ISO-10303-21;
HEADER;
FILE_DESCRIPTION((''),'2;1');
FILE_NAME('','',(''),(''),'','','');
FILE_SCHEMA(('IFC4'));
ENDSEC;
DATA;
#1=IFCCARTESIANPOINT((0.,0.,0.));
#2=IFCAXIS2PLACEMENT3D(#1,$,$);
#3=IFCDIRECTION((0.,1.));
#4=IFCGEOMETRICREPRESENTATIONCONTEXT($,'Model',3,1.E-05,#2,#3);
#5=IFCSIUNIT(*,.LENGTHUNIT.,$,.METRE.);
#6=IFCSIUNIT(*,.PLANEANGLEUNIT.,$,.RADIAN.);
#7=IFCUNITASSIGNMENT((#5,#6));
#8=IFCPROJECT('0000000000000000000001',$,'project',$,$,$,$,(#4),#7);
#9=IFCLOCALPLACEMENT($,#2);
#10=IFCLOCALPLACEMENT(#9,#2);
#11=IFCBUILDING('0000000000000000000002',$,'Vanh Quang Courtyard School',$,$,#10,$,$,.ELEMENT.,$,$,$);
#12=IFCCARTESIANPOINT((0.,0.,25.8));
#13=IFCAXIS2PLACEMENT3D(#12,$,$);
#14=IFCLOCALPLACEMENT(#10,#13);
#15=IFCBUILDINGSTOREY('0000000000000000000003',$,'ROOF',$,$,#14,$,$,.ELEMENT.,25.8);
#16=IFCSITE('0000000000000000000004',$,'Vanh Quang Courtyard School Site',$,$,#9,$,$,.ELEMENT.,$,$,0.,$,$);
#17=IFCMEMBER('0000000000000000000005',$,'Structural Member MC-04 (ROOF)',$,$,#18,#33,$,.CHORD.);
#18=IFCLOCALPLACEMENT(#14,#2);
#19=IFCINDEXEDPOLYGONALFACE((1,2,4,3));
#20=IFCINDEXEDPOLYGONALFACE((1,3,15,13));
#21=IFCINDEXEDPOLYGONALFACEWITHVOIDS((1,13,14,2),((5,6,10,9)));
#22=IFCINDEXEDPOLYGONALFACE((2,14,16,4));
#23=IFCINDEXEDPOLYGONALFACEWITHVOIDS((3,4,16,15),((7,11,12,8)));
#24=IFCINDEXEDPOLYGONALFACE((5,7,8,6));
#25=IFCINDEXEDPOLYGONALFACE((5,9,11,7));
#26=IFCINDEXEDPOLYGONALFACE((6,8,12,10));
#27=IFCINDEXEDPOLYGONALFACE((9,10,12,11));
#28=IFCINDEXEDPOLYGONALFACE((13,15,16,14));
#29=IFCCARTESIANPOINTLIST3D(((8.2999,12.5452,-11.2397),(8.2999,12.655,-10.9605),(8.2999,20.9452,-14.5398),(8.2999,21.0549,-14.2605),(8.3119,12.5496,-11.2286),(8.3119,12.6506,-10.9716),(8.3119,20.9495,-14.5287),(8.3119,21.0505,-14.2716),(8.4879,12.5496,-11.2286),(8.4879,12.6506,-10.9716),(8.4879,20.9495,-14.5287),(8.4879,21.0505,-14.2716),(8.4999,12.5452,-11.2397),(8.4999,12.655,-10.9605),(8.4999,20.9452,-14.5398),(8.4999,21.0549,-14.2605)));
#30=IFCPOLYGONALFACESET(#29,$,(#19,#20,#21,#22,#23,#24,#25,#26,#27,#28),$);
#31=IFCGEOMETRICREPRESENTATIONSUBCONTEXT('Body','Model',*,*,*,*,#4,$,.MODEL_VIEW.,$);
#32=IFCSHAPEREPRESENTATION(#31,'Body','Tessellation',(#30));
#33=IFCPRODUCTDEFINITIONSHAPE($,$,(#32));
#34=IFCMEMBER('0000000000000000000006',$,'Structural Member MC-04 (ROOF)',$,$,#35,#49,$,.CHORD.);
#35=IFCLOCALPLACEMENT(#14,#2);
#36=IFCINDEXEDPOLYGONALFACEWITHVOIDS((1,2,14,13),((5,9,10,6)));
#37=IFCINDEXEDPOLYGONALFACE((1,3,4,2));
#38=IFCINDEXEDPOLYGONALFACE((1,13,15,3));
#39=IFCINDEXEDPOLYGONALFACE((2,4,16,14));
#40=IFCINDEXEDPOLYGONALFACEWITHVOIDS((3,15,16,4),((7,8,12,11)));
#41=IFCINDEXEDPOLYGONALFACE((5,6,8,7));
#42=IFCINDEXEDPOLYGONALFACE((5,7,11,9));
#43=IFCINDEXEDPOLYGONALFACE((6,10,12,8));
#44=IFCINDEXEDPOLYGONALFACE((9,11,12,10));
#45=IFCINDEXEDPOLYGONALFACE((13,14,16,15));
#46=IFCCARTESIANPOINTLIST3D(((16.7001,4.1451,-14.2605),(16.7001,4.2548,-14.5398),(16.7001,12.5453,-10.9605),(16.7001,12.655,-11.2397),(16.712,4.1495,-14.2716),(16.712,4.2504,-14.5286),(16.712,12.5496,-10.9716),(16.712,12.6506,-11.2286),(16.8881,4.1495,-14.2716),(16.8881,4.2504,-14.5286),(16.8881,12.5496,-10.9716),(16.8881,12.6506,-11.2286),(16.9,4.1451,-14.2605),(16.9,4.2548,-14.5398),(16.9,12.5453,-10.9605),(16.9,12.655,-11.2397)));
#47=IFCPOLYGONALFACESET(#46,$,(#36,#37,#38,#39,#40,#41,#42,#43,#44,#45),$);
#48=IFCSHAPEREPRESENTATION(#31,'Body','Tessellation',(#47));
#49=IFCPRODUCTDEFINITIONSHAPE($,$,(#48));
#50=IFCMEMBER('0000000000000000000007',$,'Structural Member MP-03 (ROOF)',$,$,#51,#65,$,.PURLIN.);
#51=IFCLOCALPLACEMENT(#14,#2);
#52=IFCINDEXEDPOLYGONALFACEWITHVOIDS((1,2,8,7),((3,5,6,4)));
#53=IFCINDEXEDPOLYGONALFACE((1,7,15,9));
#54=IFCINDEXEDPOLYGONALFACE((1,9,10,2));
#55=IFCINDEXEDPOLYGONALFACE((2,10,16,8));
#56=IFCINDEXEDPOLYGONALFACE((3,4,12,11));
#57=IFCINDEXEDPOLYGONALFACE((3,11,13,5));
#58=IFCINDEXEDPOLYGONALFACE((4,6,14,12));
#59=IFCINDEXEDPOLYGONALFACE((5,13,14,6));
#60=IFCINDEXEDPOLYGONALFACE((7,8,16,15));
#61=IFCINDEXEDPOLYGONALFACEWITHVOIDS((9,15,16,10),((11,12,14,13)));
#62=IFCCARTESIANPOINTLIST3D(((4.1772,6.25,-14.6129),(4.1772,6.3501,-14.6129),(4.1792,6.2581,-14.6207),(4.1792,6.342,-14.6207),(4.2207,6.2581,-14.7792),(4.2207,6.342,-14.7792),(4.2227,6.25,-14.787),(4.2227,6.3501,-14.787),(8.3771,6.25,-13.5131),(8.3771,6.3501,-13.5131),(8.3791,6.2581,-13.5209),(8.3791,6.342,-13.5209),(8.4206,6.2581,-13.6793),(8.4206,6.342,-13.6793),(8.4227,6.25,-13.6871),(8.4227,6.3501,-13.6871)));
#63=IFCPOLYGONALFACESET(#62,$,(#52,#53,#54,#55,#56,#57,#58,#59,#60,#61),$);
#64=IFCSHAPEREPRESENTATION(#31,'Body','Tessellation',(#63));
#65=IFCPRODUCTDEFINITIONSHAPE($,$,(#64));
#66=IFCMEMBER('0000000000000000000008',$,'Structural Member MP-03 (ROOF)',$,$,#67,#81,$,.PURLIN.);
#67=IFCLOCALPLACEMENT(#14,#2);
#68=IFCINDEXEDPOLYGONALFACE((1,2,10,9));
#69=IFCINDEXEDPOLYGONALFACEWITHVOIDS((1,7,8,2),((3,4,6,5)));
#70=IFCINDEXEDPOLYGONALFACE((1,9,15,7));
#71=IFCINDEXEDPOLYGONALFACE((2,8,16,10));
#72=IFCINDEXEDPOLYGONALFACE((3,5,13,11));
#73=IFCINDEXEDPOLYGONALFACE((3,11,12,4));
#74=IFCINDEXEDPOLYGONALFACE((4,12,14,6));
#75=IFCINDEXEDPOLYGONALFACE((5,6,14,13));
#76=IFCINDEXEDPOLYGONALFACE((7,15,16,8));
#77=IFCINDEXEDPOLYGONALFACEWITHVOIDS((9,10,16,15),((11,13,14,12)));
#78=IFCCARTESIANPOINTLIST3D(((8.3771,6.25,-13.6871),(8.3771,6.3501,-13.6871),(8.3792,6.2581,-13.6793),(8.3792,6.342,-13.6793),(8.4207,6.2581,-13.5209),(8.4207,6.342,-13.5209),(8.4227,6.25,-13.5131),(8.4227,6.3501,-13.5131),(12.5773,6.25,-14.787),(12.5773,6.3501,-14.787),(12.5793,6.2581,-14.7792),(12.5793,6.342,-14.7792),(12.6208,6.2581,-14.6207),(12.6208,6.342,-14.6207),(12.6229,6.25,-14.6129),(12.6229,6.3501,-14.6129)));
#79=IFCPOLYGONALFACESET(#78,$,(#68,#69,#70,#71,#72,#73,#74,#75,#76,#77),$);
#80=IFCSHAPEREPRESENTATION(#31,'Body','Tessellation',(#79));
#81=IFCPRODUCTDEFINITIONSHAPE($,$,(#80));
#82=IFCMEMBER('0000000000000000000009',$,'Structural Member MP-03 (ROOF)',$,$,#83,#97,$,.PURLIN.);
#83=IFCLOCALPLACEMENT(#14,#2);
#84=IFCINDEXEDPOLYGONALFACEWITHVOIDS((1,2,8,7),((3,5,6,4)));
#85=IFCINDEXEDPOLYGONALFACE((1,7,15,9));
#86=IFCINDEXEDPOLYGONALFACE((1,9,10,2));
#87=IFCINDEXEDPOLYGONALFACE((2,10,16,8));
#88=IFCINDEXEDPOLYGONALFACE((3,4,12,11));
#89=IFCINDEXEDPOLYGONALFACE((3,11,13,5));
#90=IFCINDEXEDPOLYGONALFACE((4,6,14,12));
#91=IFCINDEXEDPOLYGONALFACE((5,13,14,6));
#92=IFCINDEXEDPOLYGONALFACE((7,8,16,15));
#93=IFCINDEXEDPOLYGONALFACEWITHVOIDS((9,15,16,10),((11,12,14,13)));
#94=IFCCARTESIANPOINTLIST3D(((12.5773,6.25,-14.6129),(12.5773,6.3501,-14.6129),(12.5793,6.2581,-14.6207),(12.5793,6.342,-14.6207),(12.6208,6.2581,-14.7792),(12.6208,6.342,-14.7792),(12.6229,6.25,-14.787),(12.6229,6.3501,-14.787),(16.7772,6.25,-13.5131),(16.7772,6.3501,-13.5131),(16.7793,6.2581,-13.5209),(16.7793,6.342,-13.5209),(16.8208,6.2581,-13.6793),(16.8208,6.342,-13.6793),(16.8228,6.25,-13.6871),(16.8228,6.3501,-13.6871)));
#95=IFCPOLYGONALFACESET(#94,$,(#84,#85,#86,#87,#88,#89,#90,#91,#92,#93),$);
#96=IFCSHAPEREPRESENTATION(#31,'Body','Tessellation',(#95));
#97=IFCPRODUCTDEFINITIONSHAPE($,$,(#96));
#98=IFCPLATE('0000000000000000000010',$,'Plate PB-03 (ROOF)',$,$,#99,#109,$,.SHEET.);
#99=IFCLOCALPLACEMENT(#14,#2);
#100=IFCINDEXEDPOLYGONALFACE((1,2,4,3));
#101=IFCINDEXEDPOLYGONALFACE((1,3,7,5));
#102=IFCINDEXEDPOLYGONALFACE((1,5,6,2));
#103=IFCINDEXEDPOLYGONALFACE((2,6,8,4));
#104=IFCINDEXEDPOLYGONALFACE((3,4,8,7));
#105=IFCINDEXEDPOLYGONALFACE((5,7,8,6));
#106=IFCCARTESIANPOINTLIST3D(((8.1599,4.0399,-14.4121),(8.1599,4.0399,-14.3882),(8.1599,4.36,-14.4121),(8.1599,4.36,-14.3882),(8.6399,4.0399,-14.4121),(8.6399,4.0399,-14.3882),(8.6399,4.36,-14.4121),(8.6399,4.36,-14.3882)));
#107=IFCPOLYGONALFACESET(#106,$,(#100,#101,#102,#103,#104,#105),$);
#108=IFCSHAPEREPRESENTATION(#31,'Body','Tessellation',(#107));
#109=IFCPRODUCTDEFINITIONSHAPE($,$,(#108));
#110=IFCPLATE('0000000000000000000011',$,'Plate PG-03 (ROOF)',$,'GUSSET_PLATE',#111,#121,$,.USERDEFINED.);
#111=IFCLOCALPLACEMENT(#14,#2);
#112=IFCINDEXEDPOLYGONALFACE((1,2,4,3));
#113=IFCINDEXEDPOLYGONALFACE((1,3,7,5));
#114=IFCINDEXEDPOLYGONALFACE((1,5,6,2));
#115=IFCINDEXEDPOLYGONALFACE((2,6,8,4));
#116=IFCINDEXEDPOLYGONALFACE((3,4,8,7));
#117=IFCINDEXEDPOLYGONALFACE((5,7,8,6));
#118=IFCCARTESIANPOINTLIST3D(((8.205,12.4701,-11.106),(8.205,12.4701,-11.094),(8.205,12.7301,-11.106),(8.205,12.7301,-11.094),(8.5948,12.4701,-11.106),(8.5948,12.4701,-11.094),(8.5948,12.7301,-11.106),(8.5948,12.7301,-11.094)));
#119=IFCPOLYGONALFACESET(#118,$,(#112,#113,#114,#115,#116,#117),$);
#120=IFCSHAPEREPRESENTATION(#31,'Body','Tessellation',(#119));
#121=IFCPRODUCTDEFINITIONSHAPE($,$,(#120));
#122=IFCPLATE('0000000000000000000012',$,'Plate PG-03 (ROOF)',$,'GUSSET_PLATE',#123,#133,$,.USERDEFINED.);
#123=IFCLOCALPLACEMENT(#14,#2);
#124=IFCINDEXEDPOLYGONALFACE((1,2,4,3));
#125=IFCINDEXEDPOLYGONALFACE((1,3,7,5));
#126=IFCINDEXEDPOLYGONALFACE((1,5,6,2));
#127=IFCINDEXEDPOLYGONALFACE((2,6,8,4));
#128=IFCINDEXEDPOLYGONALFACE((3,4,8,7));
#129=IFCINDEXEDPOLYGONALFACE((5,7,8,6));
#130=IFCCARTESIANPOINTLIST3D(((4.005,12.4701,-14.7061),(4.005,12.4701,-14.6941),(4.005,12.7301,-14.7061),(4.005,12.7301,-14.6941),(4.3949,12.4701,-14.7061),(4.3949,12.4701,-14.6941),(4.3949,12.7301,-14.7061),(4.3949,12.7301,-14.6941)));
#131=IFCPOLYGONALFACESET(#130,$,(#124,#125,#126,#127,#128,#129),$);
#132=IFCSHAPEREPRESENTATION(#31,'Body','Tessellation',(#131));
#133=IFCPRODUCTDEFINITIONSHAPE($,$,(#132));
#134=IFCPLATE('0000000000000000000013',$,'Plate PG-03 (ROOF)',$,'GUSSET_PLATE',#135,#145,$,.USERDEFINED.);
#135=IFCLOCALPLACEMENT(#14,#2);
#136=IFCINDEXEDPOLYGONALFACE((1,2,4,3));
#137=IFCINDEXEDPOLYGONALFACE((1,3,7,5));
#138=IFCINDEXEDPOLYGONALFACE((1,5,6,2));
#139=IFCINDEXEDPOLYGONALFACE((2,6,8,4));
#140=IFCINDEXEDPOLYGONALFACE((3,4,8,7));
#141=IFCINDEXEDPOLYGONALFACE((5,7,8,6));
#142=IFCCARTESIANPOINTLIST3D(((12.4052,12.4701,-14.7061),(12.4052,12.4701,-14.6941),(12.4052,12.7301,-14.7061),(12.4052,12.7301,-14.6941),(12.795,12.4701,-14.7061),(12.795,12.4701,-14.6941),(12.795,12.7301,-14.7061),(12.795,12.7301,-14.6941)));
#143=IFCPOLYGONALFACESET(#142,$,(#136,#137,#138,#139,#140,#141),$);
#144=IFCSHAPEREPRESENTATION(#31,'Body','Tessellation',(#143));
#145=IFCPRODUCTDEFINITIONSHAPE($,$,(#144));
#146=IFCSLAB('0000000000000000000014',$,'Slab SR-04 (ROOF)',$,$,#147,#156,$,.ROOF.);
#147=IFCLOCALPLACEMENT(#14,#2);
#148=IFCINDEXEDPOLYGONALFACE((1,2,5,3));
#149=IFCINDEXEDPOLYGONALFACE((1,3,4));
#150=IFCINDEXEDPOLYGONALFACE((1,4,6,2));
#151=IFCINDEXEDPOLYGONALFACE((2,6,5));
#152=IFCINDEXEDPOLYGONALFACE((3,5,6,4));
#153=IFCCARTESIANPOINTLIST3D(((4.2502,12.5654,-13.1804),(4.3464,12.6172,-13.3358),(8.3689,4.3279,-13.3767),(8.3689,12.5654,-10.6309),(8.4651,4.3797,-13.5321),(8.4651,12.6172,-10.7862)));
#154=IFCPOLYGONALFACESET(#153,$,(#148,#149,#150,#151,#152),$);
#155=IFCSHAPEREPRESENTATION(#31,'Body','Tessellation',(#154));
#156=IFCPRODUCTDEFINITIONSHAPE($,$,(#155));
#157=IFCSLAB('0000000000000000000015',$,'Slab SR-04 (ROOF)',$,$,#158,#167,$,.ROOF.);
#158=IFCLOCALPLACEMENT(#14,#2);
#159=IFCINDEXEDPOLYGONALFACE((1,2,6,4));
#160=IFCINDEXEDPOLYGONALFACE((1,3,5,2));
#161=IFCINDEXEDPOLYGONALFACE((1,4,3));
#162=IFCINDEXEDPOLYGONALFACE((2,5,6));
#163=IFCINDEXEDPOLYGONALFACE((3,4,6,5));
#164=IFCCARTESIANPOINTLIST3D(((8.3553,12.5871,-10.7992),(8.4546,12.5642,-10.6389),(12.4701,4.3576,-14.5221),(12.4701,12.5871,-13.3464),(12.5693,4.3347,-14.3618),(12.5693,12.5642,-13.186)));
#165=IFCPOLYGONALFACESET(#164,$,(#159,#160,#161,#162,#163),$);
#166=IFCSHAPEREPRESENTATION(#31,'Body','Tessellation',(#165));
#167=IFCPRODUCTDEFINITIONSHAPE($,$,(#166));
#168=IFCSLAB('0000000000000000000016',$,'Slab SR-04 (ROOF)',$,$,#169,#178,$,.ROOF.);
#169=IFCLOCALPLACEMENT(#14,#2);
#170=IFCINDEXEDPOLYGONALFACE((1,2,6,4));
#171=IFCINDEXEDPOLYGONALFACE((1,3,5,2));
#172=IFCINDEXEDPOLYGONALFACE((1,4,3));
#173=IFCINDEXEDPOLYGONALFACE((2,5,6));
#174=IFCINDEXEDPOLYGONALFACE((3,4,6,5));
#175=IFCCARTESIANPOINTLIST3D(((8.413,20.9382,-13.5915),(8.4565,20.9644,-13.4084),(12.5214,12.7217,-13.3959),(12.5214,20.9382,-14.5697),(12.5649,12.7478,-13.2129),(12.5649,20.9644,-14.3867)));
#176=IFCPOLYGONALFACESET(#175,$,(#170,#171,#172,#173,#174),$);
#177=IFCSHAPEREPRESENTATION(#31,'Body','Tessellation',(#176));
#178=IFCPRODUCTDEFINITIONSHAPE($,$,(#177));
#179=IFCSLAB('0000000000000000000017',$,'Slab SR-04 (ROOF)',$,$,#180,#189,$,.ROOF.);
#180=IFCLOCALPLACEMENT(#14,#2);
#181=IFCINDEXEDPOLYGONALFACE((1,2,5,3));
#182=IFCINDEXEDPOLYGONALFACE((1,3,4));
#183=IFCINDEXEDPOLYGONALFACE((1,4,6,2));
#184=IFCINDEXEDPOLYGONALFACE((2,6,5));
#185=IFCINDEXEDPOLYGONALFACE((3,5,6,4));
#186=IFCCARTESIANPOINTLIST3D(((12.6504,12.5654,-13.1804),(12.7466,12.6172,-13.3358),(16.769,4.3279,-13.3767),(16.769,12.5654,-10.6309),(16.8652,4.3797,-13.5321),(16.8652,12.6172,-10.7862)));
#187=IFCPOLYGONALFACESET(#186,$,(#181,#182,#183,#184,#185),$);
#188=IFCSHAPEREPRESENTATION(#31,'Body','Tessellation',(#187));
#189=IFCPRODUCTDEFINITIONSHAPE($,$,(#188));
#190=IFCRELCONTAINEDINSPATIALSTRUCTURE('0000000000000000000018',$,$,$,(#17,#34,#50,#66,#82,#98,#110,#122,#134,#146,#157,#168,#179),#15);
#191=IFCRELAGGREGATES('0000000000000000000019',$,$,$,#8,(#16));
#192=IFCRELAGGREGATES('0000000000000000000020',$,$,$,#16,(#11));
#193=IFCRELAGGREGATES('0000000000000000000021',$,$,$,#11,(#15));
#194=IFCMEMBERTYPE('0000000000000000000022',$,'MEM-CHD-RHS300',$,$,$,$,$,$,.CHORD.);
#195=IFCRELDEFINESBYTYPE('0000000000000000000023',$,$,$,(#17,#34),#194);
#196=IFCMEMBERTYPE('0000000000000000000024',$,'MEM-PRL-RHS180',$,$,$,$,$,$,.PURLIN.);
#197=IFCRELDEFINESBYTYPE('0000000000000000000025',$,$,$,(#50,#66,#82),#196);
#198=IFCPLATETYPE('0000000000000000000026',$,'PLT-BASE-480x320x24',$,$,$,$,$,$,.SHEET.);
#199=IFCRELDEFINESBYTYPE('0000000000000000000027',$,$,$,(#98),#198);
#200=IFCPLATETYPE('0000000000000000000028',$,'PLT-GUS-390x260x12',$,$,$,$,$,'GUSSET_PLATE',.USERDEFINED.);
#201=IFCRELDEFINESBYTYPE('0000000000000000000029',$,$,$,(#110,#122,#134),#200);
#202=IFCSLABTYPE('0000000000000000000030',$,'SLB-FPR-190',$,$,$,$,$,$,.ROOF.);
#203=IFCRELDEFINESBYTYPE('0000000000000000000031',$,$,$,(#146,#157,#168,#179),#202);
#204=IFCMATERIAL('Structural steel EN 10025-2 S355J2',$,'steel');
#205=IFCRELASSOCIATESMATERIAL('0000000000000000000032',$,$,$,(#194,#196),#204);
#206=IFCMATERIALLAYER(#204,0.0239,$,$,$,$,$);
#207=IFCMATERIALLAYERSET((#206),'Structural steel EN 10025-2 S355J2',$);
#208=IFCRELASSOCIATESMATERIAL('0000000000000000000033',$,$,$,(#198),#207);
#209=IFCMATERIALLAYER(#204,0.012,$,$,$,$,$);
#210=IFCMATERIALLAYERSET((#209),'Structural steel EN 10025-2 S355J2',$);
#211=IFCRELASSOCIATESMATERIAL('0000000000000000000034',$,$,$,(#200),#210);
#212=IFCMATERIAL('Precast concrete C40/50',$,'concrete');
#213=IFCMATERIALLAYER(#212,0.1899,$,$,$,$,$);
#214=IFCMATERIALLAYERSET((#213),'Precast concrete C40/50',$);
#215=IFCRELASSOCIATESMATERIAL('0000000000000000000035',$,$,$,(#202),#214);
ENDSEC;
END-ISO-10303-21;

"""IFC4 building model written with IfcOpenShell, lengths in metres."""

from ifc_helpers import new_model, si_unit, direction, frame, origin, origin_2d, place, context, subcontext, project, spatial, polyline, rectangle, hollow_rectangle, outline, extrude, material, layer, layer_set, material_profile, profile_set, type_object, element, save


model = new_model("IFC4")

# Units and contexts
model_context = context("Model", 3, precision=1e-05, world=origin(), true_north=direction((0.0, 1.0)))
body_context = subcontext(model_context, "Body", "Model", "MODEL_VIEW")
ifc_project = project(units=[si_unit("LENGTHUNIT", "METRE"), si_unit("PLANEANGLEUNIT", "RADIAN")], contexts=[model_context])

# Site, building, storey
site_placement = place(None, origin())
site = spatial("IfcSite", under=ifc_project, at=site_placement, Name="Vanh Quang Courtyard School Site", CompositionType="ELEMENT", RefElevation=0.0)
building_placement = place(site_placement, origin())
building = spatial("IfcBuilding", under=site, at=building_placement, Name="Vanh Quang Courtyard School", CompositionType="ELEMENT")
storey_placement = place(building_placement, frame((0.0, 0.0, 25.8)))
storey = spatial("IfcBuildingStorey", under=building, at=storey_placement, Name="ROOF", CompositionType="ELEMENT", Elevation=25.8)

# Members
ifc_material_1 = material(Name="Structural steel EN 10025-2 S355J2", Category="steel")
ifc_material_profile_1 = material_profile(ifc_material_1, hollow_rectangle(XDim=0.2, YDim=0.3, WallThickness=0.012, at=origin_2d()), Name="RHS 300x200x12")
ifc_profile_set_1 = profile_set([ifc_material_profile_1], Name="Structural steel EN 10025-2 S355J2")
member_type_1 = type_object("IfcMemberType", Name="MEM-CHD-RHS300", PredefinedType="CHORD", material=ifc_profile_set_1)
member_1_placement = place(storey_placement, frame((8.3999, 12.6001, -11.1001), z_axis=(0.0, 0.930748, -0.365661), x_axis=(-1.0, 0.0, 0.0)))
element("IfcMember", 1, at=member_1_placement, inside=storey, type_object=member_type_1, Name="Structural Member MC-04 (ROOF)", PredefinedType="CHORD", context=body_context, shape_type="SweptSolid", body=[
    extrude(hollow_rectangle(XDim=0.2, YDim=0.3, WallThickness=0.012, at=origin_2d()), origin(), (0.0, 0.0, 1.0), 9.0249),
])
member_2_placement = place(storey_placement, frame((16.8, 4.2, -14.4001), z_axis=(0.0, 0.930752, 0.365652), x_axis=(-1.0, 0.0, 0.0)))
element("IfcMember", 2, at=member_2_placement, inside=storey, type_object=member_type_1, Name="Structural Member MC-04 (ROOF)", PredefinedType="CHORD", context=body_context, shape_type="SweptSolid", body=[
    extrude(hollow_rectangle(XDim=0.2, YDim=0.3, WallThickness=0.012, at=origin_2d()), origin(), (0.0, 0.0, 1.0), 9.0251),
])
ifc_material_profile_2 = material_profile(ifc_material_1, hollow_rectangle(XDim=0.1001, YDim=0.1799, WallThickness=0.0081, at=origin_2d()), Name="RHS 180x100x8")
ifc_profile_set_2 = profile_set([ifc_material_profile_2], Name="Structural steel EN 10025-2 S355J2")
member_type_2 = type_object("IfcMemberType", Name="MEM-PRL-RHS180", PredefinedType="PURLIN", material=ifc_profile_set_2)
member_3_placement = place(storey_placement, frame((4.2, 6.3, -14.7), z_axis=(0.96738, 0.0, 0.253331), x_axis=(0.0, 1.0, 0.0)))
element("IfcMember", 3, at=member_3_placement, inside=storey, type_object=member_type_2, Name="Structural Member MP-03 (ROOF)", PredefinedType="PURLIN", context=body_context, shape_type="SweptSolid", body=[
    extrude(hollow_rectangle(XDim=0.1001, YDim=0.1799, WallThickness=0.0081, at=origin_2d()), origin(), (0.0, 0.0, 1.0), 4.3416),
])
member_4_placement = place(storey_placement, frame((8.3999, 6.3, -13.6001), z_axis=(0.967383, 0.0, -0.253317), x_axis=(0.0, 1.0, 0.0)))
element("IfcMember", 4, at=member_4_placement, inside=storey, type_object=member_type_2, Name="Structural Member MP-03 (ROOF)", PredefinedType="PURLIN", context=body_context, shape_type="SweptSolid", body=[
    extrude(hollow_rectangle(XDim=0.1001, YDim=0.1799, WallThickness=0.0081, at=origin_2d()), origin(), (0.0, 0.0, 1.0), 4.3418),
])
member_5_placement = place(storey_placement, frame((12.6001, 6.3, -14.7), z_axis=(0.96738, 0.0, 0.253331), x_axis=(0.0, 1.0, 0.0)))
element("IfcMember", 5, at=member_5_placement, inside=storey, type_object=member_type_2, Name="Structural Member MP-03 (ROOF)", PredefinedType="PURLIN", context=body_context, shape_type="SweptSolid", body=[
    extrude(hollow_rectangle(XDim=0.1001, YDim=0.1799, WallThickness=0.0081, at=origin_2d()), origin(), (0.0, 0.0, 1.0), 4.3416),
])

# Plates
ifc_layer_1 = layer(ifc_material_1, 0.0239)
ifc_layer_set_1 = layer_set([ifc_layer_1], Name="Structural steel EN 10025-2 S355J2")
plate_type_1 = type_object("IfcPlateType", Name="PLT-BASE-480x320x24", PredefinedType="SHEET", material=ifc_layer_set_1)
plate_placement = place(storey_placement, frame((8.3999, 4.2, -14.4121), z_axis=(0.0, 0.0, 1.0), x_axis=(1.0, 0.0, 0.0)))
element("IfcPlate", 6, at=plate_placement, inside=storey, type_object=plate_type_1, Name="Plate PB-03 (ROOF)", PredefinedType="SHEET", context=body_context, shape_type="SweptSolid", body=[
    extrude(rectangle(XDim=0.48, YDim=0.3201, at=origin_2d()), origin(), (0.0, 0.0, 1.0), 0.0239),
])
ifc_layer_2 = layer(ifc_material_1, 0.012)
ifc_layer_set_2 = layer_set([ifc_layer_2], Name="Structural steel EN 10025-2 S355J2")
plate_type_2 = type_object("IfcPlateType", Name="PLT-GUS-390x260x12", ElementType="GUSSET_PLATE", PredefinedType="USERDEFINED", material=ifc_layer_set_2)
for number, where, z_axis, x_axis, name in (
    (7, (8.3999, 12.6001, -11.106), (0.0, 0.0, 1.0), (1.0, 0.0, 0.0), "Plate PG-03 (ROOF)"),
    (8, (4.2, 12.6001, -14.7061), (0.0, 0.0, 1.0), (1.0, 0.0, 0.0), "Plate PG-03 (ROOF)"),
    (9, (12.6001, 12.6001, -14.7061), (0.0, 0.0, 1.0), (1.0, 0.0, 0.0), "Plate PG-03 (ROOF)"),
):
    element("IfcPlate", number, at=place(storey_placement, frame(where, z_axis=z_axis, x_axis=x_axis)), inside=storey, type_object=plate_type_2, Name=name, ObjectType="GUSSET_PLATE", PredefinedType="USERDEFINED", context=body_context, shape_type="SweptSolid", body=[
        extrude(rectangle(XDim=0.3899, YDim=0.26, at=origin_2d()), origin(), (0.0, 0.0, 1.0), 0.012),
    ])

# Slabs
ifc_material_2 = material(Name="Precast concrete C40/50", Category="concrete")
ifc_layer_3 = layer(ifc_material_2, 0.1899)
ifc_layer_set_3 = layer_set([ifc_layer_3], Name="Precast concrete C40/50")
slab_type_1 = type_object("IfcSlabType", Name="SLB-FPR-190", PredefinedType="ROOF", material=ifc_layer_set_3)
slab_1_placement = place(storey_placement, frame((8.3689, 4.3279, -13.3767), z_axis=(-0.506396, -0.272684, 0.818051), x_axis=(-0.447101, 0.894229, 0.021308)))
element("IfcSlab", 10, at=slab_1_placement, inside=storey, type_object=slab_type_1, Name="Slab SR-04 (ROOF)", PredefinedType="ROOF", context=body_context, shape_type="SweptSolid", body=[
    extrude(outline(polyline([(0.0, 0.0), (9.2119, 0.0), (7.4248, -4.5022), (0.0, 0.0)])), origin(), (0.0, 0.0, -1.0), 0.1899),
])
slab_2_placement = place(storey_placement, frame((12.5693, 4.3347, -14.3618), z_axis=(0.522498, -0.120596, 0.844069), x_axis=(-0.414563, 0.829126, 0.375084)))
element("IfcSlab", 11, at=slab_2_placement, inside=storey, type_object=slab_type_1, Name="Slab SR-04 (ROOF)", PredefinedType="ROOF", context=body_context, shape_type="SweptSolid", body=[
    extrude(outline(polyline([(0.0, 0.0), (9.9255, 0.0), (7.2643, -4.0419), (0.0, 0.0)])), origin(), (0.0, 0.0, -1.0), 0.1899),
])
slab_3_placement = place(storey_placement, frame((12.5649, 12.7478, -13.2129), z_axis=(0.229434, 0.137653, 0.963541), x_axis=(-0.447123, 0.894219, -0.021283)))
element("IfcSlab", 12, at=slab_3_placement, inside=storey, type_object=slab_type_1, Name="Slab SR-04 (ROOF)", PredefinedType="ROOF", context=body_context, shape_type="SweptSolid", body=[
    extrude(outline(polyline([(0.0, 0.0), (9.1885, 0.0), (7.3724, -3.8128), (0.0, 0.0)])), origin(), (0.0, 0.0, -1.0), 0.1899),
])
slab_4_placement = place(storey_placement, frame((16.769, 4.3279, -13.3767), z_axis=(-0.506396, -0.272684, 0.818051), x_axis=(-0.447101, 0.894229, 0.021308)))
element("IfcSlab", 13, at=slab_4_placement, inside=storey, type_object=slab_type_1, Name="Slab SR-04 (ROOF)", PredefinedType="ROOF", context=body_context, shape_type="SweptSolid", body=[
    extrude(outline(polyline([(0.0, 0.0), (9.2119, 0.0), (7.4248, -4.5022), (0.0, 0.0)])), origin(), (0.0, 0.0, -1.0), 0.1899),
])

save(model, "model.ifc")
